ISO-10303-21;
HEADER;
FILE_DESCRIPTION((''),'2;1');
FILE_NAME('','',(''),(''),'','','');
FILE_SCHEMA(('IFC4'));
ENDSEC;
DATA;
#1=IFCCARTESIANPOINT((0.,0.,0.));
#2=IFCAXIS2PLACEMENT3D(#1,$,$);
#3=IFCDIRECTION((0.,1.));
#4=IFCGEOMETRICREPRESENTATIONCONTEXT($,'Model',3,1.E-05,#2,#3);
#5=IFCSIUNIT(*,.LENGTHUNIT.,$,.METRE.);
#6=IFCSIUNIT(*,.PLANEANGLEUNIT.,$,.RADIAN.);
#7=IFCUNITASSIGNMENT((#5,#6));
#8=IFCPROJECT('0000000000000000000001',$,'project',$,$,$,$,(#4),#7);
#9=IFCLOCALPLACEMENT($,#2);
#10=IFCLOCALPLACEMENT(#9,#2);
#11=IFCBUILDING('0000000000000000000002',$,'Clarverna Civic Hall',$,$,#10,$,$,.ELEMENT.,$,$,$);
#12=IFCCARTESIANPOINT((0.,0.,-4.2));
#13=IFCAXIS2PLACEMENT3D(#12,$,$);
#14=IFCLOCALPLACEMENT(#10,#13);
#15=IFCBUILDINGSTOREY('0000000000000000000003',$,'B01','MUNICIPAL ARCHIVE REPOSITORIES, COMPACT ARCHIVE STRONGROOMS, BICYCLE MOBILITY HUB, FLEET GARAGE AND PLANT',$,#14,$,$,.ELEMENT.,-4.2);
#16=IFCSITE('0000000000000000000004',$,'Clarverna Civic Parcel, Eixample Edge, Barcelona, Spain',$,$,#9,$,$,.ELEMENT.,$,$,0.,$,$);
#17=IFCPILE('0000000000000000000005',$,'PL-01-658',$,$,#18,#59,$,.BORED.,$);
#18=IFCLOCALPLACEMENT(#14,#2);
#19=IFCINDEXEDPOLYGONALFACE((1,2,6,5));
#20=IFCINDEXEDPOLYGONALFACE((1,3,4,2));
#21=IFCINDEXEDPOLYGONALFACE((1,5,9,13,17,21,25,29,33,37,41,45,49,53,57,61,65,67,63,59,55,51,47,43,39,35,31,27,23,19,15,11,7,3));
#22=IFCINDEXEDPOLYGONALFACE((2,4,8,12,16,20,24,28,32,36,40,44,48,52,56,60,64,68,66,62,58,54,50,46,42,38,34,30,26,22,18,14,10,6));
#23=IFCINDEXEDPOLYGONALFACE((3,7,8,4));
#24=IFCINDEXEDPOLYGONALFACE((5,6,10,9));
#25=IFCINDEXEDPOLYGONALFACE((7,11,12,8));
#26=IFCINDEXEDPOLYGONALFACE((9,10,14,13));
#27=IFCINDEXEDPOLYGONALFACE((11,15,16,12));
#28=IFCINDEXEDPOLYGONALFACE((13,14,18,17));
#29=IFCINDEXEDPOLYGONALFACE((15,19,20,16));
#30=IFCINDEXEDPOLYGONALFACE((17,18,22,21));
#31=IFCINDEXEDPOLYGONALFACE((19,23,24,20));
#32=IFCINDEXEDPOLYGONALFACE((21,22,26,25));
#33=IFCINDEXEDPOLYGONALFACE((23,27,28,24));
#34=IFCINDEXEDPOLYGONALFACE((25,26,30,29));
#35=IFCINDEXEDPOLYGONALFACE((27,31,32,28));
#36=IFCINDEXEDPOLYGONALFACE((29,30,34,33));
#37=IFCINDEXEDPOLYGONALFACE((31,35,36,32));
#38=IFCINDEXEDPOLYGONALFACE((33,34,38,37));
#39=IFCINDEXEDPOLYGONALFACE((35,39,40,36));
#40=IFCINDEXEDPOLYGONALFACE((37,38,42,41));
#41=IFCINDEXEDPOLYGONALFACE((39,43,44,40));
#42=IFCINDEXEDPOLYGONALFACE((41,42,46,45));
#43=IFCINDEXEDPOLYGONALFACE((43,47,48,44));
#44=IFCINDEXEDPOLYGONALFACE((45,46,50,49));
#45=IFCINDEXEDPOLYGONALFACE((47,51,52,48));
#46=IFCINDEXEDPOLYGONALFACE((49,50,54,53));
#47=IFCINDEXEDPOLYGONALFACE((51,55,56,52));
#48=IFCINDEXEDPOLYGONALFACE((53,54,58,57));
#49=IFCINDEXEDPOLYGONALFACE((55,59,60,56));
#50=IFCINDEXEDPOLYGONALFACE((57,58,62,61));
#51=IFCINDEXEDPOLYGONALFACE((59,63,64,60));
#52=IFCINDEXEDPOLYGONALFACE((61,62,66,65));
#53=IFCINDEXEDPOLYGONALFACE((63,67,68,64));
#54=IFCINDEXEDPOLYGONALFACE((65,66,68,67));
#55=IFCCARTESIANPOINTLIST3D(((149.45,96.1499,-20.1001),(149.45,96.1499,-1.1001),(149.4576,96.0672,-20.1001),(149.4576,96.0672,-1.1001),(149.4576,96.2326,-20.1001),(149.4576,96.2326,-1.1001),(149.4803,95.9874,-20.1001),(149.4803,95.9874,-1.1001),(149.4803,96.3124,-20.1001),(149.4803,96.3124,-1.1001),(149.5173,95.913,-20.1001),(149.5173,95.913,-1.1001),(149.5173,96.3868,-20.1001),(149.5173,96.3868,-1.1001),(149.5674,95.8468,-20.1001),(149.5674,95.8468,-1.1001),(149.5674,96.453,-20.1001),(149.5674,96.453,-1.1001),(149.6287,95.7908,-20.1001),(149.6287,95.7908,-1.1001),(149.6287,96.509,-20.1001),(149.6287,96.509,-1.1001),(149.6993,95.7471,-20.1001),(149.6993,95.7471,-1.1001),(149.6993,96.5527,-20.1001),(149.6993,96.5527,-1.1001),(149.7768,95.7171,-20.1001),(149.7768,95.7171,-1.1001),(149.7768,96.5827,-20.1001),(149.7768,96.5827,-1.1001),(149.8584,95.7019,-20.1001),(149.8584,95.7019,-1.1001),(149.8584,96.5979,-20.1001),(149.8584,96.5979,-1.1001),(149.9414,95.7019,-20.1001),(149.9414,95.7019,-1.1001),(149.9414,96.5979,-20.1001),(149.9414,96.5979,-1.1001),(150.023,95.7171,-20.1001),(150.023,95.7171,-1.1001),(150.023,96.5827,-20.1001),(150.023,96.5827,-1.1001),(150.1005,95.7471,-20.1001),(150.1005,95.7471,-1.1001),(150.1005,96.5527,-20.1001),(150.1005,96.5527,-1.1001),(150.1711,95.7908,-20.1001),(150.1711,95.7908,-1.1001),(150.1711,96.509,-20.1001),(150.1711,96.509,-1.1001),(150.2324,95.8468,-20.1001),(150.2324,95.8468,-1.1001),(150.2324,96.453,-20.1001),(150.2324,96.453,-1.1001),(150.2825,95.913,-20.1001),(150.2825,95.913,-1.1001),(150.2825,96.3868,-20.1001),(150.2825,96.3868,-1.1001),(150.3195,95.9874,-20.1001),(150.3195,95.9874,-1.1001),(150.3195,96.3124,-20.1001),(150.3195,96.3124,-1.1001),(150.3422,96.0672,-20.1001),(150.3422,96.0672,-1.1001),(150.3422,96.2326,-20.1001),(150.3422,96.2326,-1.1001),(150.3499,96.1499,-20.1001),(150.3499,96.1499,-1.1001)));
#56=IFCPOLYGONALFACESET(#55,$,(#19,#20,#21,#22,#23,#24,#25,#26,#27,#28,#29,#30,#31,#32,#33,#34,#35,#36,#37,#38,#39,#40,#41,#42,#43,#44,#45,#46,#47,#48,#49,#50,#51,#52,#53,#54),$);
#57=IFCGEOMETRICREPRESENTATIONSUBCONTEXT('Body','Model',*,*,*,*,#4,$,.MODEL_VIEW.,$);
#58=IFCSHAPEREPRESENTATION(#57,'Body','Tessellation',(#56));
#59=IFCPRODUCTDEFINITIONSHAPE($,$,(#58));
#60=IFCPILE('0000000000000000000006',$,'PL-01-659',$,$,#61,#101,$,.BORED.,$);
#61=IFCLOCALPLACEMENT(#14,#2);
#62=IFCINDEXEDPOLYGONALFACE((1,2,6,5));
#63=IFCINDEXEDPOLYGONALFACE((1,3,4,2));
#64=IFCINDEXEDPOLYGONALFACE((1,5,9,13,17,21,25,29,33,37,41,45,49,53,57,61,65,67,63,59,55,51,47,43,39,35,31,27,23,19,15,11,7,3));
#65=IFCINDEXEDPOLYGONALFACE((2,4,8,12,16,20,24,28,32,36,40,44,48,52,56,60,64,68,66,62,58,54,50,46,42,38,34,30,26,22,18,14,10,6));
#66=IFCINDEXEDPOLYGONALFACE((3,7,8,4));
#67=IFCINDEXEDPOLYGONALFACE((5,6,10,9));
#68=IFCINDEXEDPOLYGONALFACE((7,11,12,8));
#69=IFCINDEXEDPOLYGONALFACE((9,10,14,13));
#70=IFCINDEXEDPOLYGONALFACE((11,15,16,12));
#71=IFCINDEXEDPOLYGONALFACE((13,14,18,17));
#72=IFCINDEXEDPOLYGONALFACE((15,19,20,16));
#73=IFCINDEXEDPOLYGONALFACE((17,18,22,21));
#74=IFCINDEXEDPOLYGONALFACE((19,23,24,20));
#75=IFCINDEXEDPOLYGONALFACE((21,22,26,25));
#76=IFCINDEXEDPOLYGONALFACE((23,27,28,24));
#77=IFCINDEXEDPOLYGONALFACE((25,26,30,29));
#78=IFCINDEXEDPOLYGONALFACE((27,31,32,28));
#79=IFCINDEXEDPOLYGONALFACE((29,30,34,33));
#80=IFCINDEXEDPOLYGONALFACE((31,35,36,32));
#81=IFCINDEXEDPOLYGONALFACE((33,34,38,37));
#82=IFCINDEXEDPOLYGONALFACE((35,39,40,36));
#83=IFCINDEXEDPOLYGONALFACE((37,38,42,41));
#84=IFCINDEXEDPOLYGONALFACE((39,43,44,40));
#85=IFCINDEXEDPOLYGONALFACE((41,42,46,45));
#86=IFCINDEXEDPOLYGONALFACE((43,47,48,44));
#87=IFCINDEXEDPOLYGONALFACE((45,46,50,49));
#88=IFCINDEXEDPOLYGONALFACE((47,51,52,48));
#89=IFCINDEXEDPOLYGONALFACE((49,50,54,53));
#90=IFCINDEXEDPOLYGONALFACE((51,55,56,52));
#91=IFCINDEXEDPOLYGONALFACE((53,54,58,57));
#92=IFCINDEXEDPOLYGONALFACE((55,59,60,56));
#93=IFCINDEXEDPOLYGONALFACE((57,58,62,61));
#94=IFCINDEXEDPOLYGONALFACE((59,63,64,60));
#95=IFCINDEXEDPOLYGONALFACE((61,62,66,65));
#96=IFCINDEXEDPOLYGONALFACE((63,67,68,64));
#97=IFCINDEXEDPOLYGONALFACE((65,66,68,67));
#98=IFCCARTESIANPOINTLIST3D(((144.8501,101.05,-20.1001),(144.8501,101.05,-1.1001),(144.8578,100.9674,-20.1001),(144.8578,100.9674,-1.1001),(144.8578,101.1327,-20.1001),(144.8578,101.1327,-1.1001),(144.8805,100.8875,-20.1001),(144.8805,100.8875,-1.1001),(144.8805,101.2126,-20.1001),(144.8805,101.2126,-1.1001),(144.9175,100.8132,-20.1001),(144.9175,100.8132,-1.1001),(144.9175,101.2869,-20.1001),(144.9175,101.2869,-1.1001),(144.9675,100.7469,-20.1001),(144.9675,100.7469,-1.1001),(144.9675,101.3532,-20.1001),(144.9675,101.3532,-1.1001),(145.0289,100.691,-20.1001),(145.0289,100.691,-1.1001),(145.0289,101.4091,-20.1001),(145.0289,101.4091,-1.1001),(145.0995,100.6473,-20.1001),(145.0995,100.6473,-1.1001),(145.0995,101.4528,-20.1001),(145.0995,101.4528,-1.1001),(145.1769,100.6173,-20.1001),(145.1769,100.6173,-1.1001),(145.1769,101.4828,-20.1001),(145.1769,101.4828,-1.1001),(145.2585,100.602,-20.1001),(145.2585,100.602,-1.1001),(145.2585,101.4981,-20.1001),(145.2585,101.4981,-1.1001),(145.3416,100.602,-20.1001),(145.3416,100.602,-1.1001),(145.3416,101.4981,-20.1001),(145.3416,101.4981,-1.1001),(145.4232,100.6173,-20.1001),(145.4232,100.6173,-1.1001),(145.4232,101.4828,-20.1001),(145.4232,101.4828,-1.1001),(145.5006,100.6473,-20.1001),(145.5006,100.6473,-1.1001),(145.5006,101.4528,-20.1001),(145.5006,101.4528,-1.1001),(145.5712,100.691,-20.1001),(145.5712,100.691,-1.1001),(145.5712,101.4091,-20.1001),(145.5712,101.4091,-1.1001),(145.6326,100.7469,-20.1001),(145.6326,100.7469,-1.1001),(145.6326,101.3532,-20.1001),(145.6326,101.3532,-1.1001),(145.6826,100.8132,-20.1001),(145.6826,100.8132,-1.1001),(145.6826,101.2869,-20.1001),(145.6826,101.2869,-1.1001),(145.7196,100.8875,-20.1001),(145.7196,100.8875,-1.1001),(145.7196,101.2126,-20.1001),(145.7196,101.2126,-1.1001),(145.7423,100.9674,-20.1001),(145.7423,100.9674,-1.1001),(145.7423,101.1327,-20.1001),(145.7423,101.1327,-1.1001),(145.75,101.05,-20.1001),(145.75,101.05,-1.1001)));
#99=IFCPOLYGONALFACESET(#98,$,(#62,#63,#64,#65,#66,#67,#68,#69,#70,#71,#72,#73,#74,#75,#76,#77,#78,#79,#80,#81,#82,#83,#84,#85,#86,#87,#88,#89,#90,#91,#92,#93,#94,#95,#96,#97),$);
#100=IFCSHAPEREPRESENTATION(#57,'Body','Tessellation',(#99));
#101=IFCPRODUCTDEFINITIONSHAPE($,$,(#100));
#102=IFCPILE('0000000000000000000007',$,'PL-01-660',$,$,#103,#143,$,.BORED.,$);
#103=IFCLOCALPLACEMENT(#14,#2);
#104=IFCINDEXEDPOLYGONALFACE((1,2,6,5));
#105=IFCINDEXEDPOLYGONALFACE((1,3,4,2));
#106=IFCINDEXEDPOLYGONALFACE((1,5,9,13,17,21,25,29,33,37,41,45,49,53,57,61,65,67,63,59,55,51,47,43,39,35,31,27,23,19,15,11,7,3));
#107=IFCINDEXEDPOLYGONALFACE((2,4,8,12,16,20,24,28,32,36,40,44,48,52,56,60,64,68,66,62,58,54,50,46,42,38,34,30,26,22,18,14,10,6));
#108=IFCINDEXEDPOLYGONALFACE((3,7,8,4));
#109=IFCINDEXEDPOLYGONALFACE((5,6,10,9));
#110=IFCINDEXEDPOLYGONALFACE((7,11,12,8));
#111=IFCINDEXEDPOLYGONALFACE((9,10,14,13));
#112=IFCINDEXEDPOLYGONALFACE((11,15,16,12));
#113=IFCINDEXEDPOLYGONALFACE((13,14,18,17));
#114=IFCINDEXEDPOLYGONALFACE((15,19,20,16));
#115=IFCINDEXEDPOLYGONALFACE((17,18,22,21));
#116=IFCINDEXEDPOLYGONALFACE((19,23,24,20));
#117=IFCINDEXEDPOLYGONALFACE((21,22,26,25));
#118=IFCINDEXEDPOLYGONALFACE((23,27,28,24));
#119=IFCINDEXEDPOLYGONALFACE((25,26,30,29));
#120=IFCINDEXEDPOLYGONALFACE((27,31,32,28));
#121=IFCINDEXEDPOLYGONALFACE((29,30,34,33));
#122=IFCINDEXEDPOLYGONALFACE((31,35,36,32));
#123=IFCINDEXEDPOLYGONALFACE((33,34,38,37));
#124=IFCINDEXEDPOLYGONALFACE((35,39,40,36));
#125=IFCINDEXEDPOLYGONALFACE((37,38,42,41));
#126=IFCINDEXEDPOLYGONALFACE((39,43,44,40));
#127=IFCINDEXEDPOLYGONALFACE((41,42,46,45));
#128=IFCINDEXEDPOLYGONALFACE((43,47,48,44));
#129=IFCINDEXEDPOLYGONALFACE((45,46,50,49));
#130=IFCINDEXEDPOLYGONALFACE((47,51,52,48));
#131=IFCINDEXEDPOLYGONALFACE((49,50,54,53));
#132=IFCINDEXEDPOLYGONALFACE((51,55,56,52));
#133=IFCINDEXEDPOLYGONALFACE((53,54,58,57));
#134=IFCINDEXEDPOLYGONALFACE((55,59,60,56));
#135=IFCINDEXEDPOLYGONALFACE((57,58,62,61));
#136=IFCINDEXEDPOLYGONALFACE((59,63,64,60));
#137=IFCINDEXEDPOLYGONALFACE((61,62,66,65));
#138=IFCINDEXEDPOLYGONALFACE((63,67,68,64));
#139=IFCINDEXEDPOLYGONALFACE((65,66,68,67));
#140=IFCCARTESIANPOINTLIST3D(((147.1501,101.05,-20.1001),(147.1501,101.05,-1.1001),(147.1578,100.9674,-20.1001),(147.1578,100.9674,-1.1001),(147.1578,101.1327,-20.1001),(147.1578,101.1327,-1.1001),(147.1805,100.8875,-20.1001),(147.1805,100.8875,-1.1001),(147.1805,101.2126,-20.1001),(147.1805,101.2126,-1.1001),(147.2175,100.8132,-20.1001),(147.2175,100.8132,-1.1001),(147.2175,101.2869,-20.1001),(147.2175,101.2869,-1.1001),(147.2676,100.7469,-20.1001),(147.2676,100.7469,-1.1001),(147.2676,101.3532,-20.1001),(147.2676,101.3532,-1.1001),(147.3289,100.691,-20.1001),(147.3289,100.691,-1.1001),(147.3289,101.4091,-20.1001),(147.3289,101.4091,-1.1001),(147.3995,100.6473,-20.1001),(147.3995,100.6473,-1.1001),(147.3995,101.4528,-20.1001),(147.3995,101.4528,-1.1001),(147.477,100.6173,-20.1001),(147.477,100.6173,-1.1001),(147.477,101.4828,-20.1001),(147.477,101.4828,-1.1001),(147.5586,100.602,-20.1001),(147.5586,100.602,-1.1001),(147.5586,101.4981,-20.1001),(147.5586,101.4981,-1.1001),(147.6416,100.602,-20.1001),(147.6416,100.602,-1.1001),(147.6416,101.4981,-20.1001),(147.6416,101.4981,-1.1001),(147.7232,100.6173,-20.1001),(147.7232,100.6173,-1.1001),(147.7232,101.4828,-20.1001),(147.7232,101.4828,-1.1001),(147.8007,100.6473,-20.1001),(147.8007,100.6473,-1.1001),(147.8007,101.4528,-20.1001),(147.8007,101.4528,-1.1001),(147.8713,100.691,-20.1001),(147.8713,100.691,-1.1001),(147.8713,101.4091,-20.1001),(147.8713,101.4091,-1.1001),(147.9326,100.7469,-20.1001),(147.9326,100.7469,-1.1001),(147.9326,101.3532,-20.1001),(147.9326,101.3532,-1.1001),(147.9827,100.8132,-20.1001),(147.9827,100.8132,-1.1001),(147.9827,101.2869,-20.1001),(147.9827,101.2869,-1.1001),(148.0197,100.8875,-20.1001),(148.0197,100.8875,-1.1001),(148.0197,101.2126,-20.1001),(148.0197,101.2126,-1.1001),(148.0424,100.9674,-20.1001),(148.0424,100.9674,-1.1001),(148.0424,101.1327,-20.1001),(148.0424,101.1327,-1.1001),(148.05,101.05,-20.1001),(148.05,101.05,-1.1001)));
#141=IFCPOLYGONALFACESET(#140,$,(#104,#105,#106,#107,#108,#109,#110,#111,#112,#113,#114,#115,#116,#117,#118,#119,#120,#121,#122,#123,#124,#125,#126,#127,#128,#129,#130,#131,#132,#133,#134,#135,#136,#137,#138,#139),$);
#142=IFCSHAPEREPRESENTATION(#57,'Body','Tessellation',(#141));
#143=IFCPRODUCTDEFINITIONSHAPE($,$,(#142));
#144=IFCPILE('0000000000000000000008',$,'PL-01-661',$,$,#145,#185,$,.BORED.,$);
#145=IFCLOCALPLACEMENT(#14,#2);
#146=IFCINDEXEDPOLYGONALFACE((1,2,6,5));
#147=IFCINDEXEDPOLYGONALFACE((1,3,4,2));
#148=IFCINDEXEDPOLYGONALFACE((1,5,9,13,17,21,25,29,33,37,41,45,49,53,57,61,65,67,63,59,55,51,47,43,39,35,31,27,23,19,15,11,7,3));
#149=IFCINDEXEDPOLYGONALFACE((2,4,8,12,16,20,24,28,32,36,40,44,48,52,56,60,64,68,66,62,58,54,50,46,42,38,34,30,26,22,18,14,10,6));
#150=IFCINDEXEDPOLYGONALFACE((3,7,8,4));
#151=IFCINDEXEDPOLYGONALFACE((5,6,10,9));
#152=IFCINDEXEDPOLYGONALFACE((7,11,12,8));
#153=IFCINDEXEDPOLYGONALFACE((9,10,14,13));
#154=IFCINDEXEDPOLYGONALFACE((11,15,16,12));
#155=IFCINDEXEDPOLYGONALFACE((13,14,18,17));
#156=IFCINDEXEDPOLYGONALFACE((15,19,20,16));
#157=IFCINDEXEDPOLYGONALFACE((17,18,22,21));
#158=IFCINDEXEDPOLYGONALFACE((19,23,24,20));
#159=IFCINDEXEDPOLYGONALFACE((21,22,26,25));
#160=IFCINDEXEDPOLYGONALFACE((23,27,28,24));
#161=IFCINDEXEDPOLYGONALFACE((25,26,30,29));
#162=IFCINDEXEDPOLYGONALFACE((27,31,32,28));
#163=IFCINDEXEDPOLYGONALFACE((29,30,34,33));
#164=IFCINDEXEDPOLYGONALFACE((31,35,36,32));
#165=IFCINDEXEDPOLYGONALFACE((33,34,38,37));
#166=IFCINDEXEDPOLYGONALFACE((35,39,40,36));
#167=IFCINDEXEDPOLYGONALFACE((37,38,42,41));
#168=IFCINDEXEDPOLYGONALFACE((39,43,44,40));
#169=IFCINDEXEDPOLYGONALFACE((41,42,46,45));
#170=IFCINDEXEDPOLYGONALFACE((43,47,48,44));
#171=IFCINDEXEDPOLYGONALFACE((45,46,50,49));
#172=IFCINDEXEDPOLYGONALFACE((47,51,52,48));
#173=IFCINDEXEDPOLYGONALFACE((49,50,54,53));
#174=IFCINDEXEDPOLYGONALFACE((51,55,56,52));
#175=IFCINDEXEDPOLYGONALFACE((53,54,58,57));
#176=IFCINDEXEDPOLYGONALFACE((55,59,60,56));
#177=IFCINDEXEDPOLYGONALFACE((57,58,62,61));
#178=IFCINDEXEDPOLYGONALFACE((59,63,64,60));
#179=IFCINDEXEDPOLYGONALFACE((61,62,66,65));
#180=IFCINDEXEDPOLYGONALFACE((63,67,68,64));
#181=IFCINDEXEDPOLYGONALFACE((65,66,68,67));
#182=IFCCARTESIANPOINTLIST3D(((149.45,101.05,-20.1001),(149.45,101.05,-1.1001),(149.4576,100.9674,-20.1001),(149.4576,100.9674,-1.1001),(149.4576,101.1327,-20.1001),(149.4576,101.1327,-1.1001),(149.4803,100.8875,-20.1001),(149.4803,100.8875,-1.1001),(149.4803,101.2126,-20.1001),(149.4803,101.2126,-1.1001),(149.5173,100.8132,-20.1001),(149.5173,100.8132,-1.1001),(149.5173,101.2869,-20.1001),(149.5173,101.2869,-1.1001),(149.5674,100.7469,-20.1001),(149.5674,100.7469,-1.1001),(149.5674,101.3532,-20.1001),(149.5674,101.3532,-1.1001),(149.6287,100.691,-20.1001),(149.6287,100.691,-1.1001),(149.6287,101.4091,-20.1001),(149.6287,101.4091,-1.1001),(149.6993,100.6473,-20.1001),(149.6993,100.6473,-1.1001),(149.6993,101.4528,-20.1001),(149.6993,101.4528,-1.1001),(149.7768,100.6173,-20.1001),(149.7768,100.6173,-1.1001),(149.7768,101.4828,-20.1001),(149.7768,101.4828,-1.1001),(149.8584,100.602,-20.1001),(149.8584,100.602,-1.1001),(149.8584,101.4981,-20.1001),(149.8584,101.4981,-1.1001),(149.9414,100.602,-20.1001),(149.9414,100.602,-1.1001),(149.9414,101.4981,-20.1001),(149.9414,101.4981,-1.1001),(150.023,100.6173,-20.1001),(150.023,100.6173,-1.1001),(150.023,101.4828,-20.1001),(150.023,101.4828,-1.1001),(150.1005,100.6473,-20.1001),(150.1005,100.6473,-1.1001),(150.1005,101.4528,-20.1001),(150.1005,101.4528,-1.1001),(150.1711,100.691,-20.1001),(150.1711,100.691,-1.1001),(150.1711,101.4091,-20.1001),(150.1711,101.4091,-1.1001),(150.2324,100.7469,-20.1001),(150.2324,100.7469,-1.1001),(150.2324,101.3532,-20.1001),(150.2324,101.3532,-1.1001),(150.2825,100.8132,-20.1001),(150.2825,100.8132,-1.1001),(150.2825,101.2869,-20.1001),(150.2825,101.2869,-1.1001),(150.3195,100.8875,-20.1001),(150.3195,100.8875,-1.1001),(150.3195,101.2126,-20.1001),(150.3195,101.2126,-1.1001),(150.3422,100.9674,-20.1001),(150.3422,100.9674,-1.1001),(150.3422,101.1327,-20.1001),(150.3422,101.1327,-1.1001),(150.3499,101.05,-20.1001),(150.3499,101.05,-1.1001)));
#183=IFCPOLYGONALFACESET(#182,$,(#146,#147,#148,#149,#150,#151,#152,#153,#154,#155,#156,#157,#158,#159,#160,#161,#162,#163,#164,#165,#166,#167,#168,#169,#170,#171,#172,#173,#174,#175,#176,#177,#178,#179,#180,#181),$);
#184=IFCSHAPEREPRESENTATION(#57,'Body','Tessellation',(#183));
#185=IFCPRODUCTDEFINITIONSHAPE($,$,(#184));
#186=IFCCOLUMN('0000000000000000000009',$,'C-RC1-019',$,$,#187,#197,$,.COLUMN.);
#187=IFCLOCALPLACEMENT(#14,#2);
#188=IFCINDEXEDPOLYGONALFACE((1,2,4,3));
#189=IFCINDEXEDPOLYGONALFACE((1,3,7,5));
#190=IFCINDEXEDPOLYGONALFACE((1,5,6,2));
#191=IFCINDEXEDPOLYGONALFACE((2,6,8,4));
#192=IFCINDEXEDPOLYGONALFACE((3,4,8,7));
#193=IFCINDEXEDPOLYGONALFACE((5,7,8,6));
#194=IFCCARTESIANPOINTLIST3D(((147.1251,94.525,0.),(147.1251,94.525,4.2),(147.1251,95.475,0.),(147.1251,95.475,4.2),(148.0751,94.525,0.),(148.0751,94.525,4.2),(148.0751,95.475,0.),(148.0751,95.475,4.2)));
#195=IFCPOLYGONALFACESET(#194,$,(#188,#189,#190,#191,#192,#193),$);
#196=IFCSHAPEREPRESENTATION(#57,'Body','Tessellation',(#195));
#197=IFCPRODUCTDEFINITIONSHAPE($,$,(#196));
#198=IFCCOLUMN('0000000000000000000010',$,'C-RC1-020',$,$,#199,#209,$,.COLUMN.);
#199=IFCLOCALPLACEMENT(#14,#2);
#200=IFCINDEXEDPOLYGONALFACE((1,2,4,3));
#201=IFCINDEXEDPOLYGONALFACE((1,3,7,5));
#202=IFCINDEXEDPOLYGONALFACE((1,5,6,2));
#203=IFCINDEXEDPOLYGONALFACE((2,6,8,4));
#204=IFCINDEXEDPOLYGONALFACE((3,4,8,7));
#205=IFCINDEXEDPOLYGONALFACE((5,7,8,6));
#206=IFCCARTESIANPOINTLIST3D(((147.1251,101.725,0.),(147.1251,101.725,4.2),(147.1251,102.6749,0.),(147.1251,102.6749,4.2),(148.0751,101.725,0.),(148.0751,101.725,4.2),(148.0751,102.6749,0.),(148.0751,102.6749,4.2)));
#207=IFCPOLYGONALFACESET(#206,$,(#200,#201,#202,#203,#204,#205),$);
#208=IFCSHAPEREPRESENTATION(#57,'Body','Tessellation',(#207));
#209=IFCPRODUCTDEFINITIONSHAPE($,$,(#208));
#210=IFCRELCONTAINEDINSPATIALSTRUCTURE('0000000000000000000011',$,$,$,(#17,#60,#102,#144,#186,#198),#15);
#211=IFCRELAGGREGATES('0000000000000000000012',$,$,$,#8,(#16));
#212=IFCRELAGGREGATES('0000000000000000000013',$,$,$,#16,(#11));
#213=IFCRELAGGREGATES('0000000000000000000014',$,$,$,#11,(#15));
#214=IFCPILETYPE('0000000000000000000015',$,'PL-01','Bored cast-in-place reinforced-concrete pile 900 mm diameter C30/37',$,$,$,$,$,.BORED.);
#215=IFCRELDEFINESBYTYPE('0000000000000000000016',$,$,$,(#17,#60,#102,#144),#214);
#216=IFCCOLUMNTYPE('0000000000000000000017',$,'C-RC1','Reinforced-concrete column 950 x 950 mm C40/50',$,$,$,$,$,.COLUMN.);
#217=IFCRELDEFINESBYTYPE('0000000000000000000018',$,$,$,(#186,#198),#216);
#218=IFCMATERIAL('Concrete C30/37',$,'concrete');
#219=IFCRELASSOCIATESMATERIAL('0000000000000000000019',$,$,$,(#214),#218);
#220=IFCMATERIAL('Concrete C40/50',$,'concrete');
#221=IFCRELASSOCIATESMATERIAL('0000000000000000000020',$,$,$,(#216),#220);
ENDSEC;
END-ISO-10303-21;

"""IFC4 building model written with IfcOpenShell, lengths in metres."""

from ifc_helpers import new_model, si_unit, direction, frame, origin, origin_2d, place, context, subcontext, project, spatial, rectangle, circle, extrude, material, material_profile, profile_set, type_object, element, save


model = new_model("IFC4")

# Units and contexts
model_context = context("Model", 3, precision=1e-05, world=origin(), true_north=direction((0.0, 1.0)))
body_context = subcontext(model_context, "Body", "Model", "MODEL_VIEW")
ifc_project = project(units=[si_unit("LENGTHUNIT", "METRE"), si_unit("PLANEANGLEUNIT", "RADIAN")], contexts=[model_context])

# Site, building, storey
site_placement = place(None, origin())
site = spatial("IfcSite", under=ifc_project, at=site_placement, Name="Clarverna Civic Parcel, Eixample Edge, Barcelona, Spain", CompositionType="ELEMENT", RefElevation=0.0)
building_placement = place(site_placement, origin())
building = spatial("IfcBuilding", under=site, at=building_placement, Name="Clarverna Civic Hall", CompositionType="ELEMENT")
storey_placement = place(building_placement, frame((0.0, 0.0, -4.2)))
storey = spatial("IfcBuildingStorey", under=building, at=storey_placement, Name="B01", Description="MUNICIPAL ARCHIVE REPOSITORIES, COMPACT ARCHIVE STRONGROOMS, BICYCLE MOBILITY HUB, FLEET GARAGE AND PLANT", CompositionType="ELEMENT", Elevation=-4.2)

# Shared definitions
ifc_material_1 = material(Name="Concrete C30/37", Category="concrete")

# Piles
ifc_material_profile_1 = material_profile(ifc_material_1, circle(Radius=0.45, at=origin_2d()), Name="BORED PILE D900")
ifc_profile_set_1 = profile_set([ifc_material_profile_1], Name="Concrete C30/37")
pile_type = type_object("IfcPileType", Name="PL-01", Description="Bored cast-in-place reinforced-concrete pile 900 mm diameter C30/37", PredefinedType="BORED", material=ifc_profile_set_1)
for number, where, z_axis, x_axis, name in (
    (1, (149.8999, 96.1499, -1.1001), (0.0, 0.0, -1.0), (1.0, 0.0, 0.0), "PL-01-658"),
    (2, (145.3, 101.05, -1.1001), (0.0, 0.0, -1.0), (1.0, 0.0, 0.0), "PL-01-659"),
    (3, (147.6001, 101.05, -1.1001), (0.0, 0.0, -1.0), (1.0, 0.0, 0.0), "PL-01-660"),
    (4, (149.8999, 101.05, -1.1001), (0.0, 0.0, -1.0), (1.0, 0.0, 0.0), "PL-01-661"),
):
    element("IfcPile", number, at=place(storey_placement, frame(where, z_axis=z_axis, x_axis=x_axis)), inside=storey, type_object=pile_type, Name=name, PredefinedType="BORED", context=body_context, shape_type="SweptSolid", body=[
        extrude(circle(Radius=0.45, at=origin_2d()), origin(), (0.0, 0.0, 1.0), 19.0),
    ])

# Columns
ifc_material_2 = material(Name="Concrete C40/50", Category="concrete")
ifc_material_profile_2 = material_profile(ifc_material_2, rectangle(XDim=0.95, YDim=0.95, at=origin_2d()), Name="RC 950x950")
ifc_profile_set_2 = profile_set([ifc_material_profile_2], Name="Concrete C40/50")
column_type = type_object("IfcColumnType", Name="C-RC1", Description="Reinforced-concrete column 950 x 950 mm C40/50", PredefinedType="COLUMN", material=ifc_profile_set_2)
for number, where, z_axis, x_axis, name in (
    (5, (147.6001, 95.0, 0.0), (0.0, 0.0, 1.0), (1.0, 0.0, 0.0), "C-RC1-019"),
    (6, (147.6001, 102.2, 0.0), (0.0, 0.0, 1.0), (1.0, 0.0, 0.0), "C-RC1-020"),
):
    element("IfcColumn", number, at=place(storey_placement, frame(where, z_axis=z_axis, x_axis=x_axis)), inside=storey, type_object=column_type, Name=name, PredefinedType="COLUMN", context=body_context, shape_type="SweptSolid", body=[
        extrude(rectangle(XDim=0.95, YDim=0.95, at=origin_2d()), origin(), (0.0, 0.0, 1.0), 4.2),
    ])

save(model, "model.ifc")
